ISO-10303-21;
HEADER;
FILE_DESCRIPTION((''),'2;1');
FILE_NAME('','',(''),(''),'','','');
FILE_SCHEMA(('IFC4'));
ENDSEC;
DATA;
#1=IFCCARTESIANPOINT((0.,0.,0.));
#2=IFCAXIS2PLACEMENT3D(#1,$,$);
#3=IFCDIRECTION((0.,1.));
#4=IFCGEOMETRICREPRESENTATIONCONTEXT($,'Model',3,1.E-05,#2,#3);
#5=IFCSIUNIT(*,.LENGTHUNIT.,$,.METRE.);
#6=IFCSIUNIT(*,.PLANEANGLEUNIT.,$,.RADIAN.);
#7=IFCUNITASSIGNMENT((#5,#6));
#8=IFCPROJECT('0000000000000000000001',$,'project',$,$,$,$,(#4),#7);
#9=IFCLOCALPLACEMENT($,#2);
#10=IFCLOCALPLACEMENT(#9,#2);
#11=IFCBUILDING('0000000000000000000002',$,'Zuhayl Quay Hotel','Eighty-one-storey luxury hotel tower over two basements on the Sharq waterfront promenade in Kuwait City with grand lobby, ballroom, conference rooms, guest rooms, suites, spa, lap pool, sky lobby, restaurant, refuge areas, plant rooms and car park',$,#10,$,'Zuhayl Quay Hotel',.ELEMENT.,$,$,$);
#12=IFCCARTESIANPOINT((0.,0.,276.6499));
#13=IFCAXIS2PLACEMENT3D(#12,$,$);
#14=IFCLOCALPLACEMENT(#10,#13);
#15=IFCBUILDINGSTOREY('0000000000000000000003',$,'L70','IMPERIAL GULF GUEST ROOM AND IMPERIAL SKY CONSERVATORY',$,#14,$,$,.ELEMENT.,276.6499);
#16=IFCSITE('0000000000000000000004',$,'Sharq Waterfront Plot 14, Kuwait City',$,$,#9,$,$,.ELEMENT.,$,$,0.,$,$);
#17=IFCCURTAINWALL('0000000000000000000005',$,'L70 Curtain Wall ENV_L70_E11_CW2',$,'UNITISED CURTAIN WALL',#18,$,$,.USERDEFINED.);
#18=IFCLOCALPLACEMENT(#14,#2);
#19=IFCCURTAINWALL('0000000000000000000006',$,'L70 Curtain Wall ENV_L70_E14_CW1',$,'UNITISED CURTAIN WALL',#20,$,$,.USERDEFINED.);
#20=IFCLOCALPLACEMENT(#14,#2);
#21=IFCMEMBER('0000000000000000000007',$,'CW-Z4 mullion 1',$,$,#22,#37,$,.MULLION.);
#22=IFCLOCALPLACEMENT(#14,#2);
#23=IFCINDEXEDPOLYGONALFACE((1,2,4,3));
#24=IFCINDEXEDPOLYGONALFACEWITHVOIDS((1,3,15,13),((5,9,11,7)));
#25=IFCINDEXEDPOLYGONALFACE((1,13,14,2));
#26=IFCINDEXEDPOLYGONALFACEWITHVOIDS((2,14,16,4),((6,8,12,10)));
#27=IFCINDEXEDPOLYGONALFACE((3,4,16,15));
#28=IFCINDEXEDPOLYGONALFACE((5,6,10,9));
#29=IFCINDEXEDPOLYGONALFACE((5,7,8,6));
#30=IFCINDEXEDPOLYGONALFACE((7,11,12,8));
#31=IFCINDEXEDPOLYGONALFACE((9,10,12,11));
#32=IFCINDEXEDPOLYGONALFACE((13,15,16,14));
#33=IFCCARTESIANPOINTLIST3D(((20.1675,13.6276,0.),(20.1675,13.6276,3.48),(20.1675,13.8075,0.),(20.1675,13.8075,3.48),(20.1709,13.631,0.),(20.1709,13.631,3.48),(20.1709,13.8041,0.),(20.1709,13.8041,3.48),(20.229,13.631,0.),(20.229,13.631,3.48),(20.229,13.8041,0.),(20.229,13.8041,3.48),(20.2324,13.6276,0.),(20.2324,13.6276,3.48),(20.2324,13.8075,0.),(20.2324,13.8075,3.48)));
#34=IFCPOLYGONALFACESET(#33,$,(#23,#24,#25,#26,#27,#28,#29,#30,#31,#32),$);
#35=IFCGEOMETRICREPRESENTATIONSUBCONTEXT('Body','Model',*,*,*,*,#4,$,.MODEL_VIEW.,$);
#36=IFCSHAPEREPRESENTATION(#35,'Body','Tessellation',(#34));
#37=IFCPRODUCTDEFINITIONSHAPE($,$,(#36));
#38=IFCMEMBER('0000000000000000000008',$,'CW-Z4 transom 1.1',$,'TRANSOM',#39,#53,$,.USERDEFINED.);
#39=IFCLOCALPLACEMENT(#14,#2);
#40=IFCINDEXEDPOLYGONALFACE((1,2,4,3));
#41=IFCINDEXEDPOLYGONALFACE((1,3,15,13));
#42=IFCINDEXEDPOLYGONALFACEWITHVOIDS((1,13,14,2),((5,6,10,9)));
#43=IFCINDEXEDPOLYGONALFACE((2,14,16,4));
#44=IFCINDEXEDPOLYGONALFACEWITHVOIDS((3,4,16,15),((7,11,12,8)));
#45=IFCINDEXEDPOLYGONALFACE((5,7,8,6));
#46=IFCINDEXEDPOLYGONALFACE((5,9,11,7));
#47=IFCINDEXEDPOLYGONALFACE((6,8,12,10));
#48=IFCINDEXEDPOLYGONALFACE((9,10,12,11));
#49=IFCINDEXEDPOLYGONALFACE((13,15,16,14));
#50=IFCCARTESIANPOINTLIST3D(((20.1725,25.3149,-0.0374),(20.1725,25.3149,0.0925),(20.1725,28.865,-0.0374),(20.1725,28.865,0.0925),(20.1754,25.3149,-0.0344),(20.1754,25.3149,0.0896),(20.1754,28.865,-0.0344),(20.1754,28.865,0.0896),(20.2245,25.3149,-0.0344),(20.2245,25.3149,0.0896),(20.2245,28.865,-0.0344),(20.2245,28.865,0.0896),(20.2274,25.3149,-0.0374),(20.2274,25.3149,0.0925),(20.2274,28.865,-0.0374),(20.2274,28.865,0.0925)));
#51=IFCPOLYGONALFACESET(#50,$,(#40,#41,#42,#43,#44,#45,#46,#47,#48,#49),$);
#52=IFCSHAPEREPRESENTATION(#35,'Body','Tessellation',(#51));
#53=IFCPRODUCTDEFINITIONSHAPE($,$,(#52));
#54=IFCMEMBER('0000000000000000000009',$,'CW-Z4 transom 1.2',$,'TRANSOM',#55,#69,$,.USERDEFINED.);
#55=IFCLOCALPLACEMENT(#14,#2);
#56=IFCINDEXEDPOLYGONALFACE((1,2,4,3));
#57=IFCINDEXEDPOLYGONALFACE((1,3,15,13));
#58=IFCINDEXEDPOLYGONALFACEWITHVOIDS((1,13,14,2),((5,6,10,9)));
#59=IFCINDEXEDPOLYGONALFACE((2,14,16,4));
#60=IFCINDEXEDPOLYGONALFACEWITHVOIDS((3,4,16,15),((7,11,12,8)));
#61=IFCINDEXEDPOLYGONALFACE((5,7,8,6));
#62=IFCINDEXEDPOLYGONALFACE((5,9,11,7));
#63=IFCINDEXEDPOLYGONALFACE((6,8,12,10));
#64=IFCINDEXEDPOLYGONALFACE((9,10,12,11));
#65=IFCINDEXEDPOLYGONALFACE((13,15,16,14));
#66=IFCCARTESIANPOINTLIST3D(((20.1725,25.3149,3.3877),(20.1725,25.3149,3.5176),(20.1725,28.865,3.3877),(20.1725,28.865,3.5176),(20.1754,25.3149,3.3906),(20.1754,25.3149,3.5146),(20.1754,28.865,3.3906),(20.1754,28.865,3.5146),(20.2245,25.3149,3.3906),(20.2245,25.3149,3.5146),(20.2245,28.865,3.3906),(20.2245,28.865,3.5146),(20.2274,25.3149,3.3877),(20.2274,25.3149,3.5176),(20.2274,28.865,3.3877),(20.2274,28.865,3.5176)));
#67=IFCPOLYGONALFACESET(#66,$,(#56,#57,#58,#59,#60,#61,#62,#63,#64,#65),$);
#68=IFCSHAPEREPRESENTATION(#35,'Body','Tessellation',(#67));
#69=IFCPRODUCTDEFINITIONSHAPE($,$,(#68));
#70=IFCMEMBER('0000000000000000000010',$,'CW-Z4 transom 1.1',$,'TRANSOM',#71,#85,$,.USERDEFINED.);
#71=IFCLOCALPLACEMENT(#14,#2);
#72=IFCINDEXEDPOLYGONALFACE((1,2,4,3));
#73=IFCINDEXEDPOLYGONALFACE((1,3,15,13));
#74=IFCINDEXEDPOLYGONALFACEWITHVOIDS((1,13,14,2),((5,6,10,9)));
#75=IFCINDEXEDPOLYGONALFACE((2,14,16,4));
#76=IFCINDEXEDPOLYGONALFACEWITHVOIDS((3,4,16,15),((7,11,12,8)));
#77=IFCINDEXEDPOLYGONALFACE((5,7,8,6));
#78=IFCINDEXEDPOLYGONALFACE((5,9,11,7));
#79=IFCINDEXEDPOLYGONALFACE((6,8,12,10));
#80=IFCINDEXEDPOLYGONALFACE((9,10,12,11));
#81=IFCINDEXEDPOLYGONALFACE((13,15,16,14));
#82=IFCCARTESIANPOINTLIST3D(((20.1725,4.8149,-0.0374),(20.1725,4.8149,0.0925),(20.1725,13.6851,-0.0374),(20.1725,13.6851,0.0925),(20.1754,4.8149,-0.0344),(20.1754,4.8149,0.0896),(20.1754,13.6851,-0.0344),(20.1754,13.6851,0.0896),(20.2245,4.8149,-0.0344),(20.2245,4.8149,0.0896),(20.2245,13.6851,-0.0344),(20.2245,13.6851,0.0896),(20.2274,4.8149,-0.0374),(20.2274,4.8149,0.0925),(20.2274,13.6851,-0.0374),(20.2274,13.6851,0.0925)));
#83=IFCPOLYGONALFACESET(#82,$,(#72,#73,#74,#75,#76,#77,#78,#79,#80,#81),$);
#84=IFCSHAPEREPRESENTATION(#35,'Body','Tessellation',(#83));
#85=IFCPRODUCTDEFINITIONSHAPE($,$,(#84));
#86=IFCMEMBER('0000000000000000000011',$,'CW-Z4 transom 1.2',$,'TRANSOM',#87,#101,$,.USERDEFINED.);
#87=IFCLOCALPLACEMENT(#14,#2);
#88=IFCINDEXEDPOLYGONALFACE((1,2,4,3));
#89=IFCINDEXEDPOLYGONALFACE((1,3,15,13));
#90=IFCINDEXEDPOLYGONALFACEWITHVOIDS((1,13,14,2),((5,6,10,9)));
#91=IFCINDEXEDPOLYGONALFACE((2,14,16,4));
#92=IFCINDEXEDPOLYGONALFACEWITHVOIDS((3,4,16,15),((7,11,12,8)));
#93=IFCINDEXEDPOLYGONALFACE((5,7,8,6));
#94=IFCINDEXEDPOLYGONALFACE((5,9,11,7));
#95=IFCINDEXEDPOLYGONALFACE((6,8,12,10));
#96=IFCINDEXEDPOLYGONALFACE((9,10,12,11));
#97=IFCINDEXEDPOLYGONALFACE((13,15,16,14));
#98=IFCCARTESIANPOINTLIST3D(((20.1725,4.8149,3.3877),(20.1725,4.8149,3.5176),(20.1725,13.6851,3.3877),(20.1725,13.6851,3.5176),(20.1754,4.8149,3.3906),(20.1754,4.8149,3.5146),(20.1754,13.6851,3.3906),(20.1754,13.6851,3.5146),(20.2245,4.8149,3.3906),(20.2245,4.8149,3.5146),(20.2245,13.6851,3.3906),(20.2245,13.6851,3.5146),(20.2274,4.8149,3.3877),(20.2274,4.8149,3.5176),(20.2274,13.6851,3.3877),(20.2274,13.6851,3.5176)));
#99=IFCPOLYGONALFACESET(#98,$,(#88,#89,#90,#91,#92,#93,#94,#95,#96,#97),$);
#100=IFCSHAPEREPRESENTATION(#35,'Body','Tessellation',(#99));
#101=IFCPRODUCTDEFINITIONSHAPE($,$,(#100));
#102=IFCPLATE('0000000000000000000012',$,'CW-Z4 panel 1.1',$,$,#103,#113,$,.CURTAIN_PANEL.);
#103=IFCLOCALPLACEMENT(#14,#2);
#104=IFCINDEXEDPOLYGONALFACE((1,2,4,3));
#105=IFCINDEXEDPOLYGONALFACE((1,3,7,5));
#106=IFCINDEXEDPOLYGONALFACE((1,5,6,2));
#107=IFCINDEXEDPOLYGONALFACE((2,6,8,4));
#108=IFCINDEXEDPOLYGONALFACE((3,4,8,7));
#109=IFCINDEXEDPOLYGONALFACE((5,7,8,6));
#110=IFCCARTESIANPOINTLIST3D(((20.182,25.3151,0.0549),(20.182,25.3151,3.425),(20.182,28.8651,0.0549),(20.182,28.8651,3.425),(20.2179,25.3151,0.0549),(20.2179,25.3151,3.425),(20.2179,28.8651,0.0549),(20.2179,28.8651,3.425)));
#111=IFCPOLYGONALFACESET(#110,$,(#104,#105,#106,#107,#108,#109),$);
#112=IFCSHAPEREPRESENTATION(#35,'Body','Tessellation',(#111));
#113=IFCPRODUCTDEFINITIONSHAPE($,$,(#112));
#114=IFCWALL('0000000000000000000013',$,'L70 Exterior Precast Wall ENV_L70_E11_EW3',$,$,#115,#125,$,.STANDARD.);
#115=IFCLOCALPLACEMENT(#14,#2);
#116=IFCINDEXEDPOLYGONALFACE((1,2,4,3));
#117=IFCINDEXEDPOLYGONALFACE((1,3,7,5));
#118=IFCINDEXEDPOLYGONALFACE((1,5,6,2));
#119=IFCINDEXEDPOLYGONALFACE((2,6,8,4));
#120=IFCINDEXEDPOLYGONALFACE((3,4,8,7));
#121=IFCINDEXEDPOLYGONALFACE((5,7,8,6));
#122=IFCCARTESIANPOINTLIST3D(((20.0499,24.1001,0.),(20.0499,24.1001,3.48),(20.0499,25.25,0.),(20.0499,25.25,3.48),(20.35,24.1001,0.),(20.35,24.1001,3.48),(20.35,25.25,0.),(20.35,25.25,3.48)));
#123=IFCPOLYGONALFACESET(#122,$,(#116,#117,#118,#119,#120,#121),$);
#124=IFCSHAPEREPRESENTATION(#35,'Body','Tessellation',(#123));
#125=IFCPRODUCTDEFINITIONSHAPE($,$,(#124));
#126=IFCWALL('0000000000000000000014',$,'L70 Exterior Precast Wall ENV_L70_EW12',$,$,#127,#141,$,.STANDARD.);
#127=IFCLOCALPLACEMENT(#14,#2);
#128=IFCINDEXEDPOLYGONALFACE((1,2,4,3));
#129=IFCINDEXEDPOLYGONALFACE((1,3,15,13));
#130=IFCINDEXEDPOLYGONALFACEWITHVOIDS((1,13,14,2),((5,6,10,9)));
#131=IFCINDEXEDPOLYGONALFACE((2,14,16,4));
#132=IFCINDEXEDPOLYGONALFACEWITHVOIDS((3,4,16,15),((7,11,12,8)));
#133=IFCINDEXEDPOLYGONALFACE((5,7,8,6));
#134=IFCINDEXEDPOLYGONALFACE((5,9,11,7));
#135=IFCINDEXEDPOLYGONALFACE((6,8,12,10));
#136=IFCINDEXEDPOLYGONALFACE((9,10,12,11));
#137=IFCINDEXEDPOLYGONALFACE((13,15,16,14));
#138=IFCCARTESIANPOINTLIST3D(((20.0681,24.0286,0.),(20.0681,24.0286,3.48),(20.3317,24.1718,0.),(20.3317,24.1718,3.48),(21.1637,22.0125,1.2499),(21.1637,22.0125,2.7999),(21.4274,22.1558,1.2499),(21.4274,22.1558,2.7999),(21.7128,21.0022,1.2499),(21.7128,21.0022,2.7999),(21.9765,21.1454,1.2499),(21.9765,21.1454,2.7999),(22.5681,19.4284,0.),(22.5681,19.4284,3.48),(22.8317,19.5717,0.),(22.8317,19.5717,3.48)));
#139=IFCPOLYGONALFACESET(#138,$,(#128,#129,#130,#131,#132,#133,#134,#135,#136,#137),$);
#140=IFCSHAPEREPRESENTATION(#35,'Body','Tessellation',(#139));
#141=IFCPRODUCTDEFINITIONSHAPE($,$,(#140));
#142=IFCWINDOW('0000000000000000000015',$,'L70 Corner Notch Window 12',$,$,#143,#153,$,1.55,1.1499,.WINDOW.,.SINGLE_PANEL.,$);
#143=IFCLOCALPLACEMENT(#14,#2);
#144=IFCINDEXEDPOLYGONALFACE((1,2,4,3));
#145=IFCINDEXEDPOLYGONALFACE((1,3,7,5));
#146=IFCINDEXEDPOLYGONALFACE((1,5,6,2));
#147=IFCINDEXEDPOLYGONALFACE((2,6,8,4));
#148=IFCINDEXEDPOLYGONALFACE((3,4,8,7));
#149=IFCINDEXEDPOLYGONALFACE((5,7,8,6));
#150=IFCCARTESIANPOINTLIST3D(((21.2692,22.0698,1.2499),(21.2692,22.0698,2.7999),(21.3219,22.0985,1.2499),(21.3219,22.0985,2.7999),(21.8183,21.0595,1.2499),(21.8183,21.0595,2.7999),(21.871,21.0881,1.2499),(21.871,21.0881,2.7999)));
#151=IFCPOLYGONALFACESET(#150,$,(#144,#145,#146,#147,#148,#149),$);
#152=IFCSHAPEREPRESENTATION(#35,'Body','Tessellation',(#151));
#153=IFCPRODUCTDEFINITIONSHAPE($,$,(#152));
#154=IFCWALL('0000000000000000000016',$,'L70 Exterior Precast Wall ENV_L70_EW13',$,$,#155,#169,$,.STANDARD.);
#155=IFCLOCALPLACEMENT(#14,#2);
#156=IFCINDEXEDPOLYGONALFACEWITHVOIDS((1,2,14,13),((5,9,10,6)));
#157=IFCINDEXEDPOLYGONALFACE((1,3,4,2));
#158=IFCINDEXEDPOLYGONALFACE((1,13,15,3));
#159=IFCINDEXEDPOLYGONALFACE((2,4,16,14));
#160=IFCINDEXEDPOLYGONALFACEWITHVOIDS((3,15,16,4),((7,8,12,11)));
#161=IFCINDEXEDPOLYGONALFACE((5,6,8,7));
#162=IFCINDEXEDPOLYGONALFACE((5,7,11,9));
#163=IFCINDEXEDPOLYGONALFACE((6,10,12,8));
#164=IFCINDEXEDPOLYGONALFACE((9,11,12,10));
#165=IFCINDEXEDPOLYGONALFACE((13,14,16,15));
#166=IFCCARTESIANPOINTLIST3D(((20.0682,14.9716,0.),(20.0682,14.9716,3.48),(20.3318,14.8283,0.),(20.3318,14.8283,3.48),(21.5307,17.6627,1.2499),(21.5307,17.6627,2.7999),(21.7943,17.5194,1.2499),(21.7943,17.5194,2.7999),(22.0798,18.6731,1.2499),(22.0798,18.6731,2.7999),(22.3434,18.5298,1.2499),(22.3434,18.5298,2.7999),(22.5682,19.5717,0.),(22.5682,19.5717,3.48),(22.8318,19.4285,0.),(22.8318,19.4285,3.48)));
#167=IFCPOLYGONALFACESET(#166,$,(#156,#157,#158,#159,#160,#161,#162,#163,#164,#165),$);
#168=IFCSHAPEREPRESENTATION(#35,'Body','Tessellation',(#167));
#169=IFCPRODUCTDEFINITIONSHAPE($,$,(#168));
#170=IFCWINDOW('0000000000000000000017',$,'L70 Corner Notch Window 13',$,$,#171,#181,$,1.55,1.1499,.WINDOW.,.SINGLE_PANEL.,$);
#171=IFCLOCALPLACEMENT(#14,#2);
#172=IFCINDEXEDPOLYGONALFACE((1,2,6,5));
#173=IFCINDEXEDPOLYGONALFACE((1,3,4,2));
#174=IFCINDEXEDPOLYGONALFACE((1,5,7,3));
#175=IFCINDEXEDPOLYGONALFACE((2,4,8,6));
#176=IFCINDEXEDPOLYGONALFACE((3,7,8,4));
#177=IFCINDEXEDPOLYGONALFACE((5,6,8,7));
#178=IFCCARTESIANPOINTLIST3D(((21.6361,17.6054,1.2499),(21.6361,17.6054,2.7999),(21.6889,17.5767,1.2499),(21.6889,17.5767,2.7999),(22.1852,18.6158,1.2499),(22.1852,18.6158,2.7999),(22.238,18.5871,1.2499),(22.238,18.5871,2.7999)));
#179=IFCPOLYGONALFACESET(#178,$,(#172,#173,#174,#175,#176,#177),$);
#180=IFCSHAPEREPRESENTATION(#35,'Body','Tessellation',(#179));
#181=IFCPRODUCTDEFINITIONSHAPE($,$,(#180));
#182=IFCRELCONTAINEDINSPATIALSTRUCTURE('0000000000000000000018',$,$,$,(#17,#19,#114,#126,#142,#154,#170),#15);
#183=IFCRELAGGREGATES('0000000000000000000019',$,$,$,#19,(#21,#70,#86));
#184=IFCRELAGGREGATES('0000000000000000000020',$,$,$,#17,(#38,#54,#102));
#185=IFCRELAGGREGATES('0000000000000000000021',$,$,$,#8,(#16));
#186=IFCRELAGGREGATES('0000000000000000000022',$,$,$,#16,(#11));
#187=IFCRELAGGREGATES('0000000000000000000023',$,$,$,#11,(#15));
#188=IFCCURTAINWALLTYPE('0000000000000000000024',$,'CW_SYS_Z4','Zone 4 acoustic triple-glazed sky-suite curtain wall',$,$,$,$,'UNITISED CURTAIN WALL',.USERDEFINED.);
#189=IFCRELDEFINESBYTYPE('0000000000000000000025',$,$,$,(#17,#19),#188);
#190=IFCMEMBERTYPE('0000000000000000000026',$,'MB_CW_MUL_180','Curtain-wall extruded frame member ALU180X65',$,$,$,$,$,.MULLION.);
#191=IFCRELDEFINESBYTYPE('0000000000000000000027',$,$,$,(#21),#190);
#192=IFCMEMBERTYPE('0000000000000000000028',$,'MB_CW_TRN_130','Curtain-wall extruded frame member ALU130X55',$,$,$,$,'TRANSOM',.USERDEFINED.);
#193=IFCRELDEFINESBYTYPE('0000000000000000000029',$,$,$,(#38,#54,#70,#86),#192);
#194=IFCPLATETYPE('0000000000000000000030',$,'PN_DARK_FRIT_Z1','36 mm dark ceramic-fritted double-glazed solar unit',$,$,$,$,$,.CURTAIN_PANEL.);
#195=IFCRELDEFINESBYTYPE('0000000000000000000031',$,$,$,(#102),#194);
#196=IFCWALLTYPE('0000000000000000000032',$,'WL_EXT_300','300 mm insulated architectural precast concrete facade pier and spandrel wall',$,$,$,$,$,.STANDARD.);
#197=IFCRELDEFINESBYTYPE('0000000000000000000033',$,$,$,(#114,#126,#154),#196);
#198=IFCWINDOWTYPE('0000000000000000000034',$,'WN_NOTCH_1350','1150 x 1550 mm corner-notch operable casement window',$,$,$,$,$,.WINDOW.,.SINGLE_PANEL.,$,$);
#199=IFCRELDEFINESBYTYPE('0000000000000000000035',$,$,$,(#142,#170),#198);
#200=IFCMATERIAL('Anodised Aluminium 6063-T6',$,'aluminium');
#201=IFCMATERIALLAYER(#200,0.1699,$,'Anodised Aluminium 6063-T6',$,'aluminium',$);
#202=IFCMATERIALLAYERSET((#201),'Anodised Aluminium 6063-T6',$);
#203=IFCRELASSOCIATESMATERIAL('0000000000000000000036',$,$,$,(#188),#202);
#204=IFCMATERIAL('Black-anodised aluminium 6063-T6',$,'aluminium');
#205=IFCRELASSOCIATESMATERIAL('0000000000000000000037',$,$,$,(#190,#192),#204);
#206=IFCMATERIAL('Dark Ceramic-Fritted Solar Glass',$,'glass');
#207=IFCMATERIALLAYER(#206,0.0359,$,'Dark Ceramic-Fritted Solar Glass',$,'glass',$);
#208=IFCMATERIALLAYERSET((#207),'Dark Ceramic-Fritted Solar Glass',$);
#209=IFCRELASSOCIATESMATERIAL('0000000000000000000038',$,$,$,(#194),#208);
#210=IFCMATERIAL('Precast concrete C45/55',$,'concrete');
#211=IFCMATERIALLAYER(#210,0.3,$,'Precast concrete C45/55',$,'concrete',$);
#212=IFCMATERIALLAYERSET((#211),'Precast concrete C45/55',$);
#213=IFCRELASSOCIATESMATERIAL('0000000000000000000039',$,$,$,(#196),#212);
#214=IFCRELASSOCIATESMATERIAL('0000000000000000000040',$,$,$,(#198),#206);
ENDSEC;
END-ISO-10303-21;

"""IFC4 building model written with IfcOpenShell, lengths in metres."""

from ifc_helpers import new_model, si_unit, direction, frame, frame_2d, origin, origin_2d, place, context, subcontext, project, spatial, rectangle, hollow_rectangle, extrude, material, layer, layer_set, material_profile, profile_set, type_object, element, fill, aggregate, save


model = new_model("IFC4")

# Units and contexts
model_context = context("Model", 3, precision=1e-05, world=origin(), true_north=direction((0.0, 1.0)))
body_context = subcontext(model_context, "Body", "Model", "MODEL_VIEW")
ifc_project = project(units=[si_unit("LENGTHUNIT", "METRE"), si_unit("PLANEANGLEUNIT", "RADIAN")], contexts=[model_context])

# Site, building, storey
site_placement = place(None, origin())
site = spatial("IfcSite", under=ifc_project, at=site_placement, Name="Sharq Waterfront Plot 14, Kuwait City", CompositionType="ELEMENT", RefElevation=0.0)
building_placement = place(site_placement, origin())
building = spatial("IfcBuilding", under=site, at=building_placement, Name="Zuhayl Quay Hotel", Description="Eighty-one-storey luxury hotel tower over two basements on the Sharq waterfront promenade in Kuwait City with grand lobby, ballroom, conference rooms, guest rooms, suites, spa, lap pool, sky lobby, restaurant, refuge areas, plant rooms and car park", LongName="Zuhayl Quay Hotel", CompositionType="ELEMENT")
storey_placement = place(building_placement, frame((0.0, 0.0, 276.6499)))
storey = spatial("IfcBuildingStorey", under=building, at=storey_placement, Name="L70", Description="IMPERIAL GULF GUEST ROOM AND IMPERIAL SKY CONSERVATORY", CompositionType="ELEMENT", Elevation=276.6499)

# Curtain wall
ifc_material_1 = material(Name="Anodised Aluminium 6063-T6", Category="aluminium")
ifc_layer_1 = layer(ifc_material_1, 0.1699, Name="Anodised Aluminium 6063-T6", Category="aluminium")
ifc_layer_set_1 = layer_set([ifc_layer_1], Name="Anodised Aluminium 6063-T6")
curtain_wall_type = type_object("IfcCurtainWallType", Name="CW_SYS_Z4", Description="Zone 4 acoustic triple-glazed sky-suite curtain wall", ElementType="UNITISED CURTAIN WALL", PredefinedType="USERDEFINED", material=ifc_layer_set_1)
curtain_wall_1_placement = place(storey_placement, origin())
curtain_wall_1 = element("IfcCurtainWall", 1, at=curtain_wall_1_placement, inside=storey, type_object=curtain_wall_type, Name="L70 Curtain Wall ENV_L70_E11_CW2", ObjectType="UNITISED CURTAIN WALL", PredefinedType="USERDEFINED")
ifc_material_2 = material(Name="Black-anodised aluminium 6063-T6", Category="aluminium")
ifc_material_profile_1 = material_profile(ifc_material_2, hollow_rectangle(XDim=0.0649, YDim=0.1799, WallThickness=0.0034, at=origin_2d()), Name="ALU180X65")
ifc_profile_set_1 = profile_set([ifc_material_profile_1], Name="Black-anodised aluminium 6063-T6")
member_type_1 = type_object("IfcMemberType", Name="MB_CW_MUL_180", Description="Curtain-wall extruded frame member ALU180X65", PredefinedType="MULLION", material=ifc_profile_set_1)

# Curtain wall, member
curtain_wall_2_placement = place(storey_placement, origin())
curtain_wall_2 = element("IfcCurtainWall", 2, at=curtain_wall_2_placement, inside=storey, type_object=curtain_wall_type, Name="L70 Curtain Wall ENV_L70_E14_CW1", ObjectType="UNITISED CURTAIN WALL", PredefinedType="USERDEFINED")
member_1_placement = place(storey_placement, frame((20.2, 13.7175, 0.0), z_axis=(0.0, 0.0, 1.0), x_axis=(1.0, 0.0, 0.0)))
member_1 = element("IfcMember", 3, at=member_1_placement, type_object=member_type_1, Name="CW-Z4 mullion 1", PredefinedType="MULLION", context=body_context, shape_type="SweptSolid", body=[
    extrude(hollow_rectangle(XDim=0.0649, YDim=0.1799, WallThickness=0.0034, at=origin_2d()), origin(), (0.0, 0.0, 1.0), 3.48),
])

# Members
ifc_material_profile_2 = material_profile(ifc_material_2, hollow_rectangle(XDim=0.0549, YDim=0.1299, WallThickness=0.0029, at=origin_2d()), Name="ALU130X55")
ifc_profile_set_2 = profile_set([ifc_material_profile_2], Name="Black-anodised aluminium 6063-T6")
member_type_2 = type_object("IfcMemberType", Name="MB_CW_TRN_130", Description="Curtain-wall extruded frame member ALU130X55", ElementType="TRANSOM", PredefinedType="USERDEFINED", material=ifc_profile_set_2)
member_2_placement = place(storey_placement, frame((20.2, 28.865, 0.0276), z_axis=(0.0, -1.0, 0.0), x_axis=(1.0, 0.0, 0.0)))
member_2 = element("IfcMember", 4, at=member_2_placement, type_object=member_type_2, Name="CW-Z4 transom 1.1", ObjectType="TRANSOM", PredefinedType="USERDEFINED", context=body_context, shape_type="SweptSolid", body=[
    extrude(hollow_rectangle(XDim=0.0549, YDim=0.1299, WallThickness=0.0029, at=origin_2d()), origin(), (0.0, 0.0, 1.0), 3.55),
])
member_3_placement = place(storey_placement, frame((20.2, 28.865, 3.4526), z_axis=(0.0, -1.0, 0.0), x_axis=(1.0, 0.0, 0.0)))
member_3 = element("IfcMember", 5, at=member_3_placement, type_object=member_type_2, Name="CW-Z4 transom 1.2", ObjectType="TRANSOM", PredefinedType="USERDEFINED", context=body_context, shape_type="SweptSolid", body=[
    extrude(hollow_rectangle(XDim=0.0549, YDim=0.1299, WallThickness=0.0029, at=origin_2d()), origin(), (0.0, 0.0, 1.0), 3.55),
])
member_4_placement = place(storey_placement, frame((20.2, 13.6851, 0.0276), z_axis=(0.0, -1.0, 0.0), x_axis=(1.0, 0.0, 0.0)))
member_4 = element("IfcMember", 6, at=member_4_placement, type_object=member_type_2, Name="CW-Z4 transom 1.1", ObjectType="TRANSOM", PredefinedType="USERDEFINED", context=body_context, shape_type="SweptSolid", body=[
    extrude(hollow_rectangle(XDim=0.0549, YDim=0.1299, WallThickness=0.0029, at=origin_2d()), origin(), (0.0, 0.0, 1.0), 8.8701),
])
member_5_placement = place(storey_placement, frame((20.2, 13.6851, 3.4526), z_axis=(0.0, -1.0, 0.0), x_axis=(1.0, 0.0, 0.0)))
member_5 = element("IfcMember", 7, at=member_5_placement, type_object=member_type_2, Name="CW-Z4 transom 1.2", ObjectType="TRANSOM", PredefinedType="USERDEFINED", context=body_context, shape_type="SweptSolid", body=[
    extrude(hollow_rectangle(XDim=0.0549, YDim=0.1299, WallThickness=0.0029, at=origin_2d()), origin(), (0.0, 0.0, 1.0), 8.8701),
])
aggregate(curtain_wall_2, [member_1, member_4, member_5])

# Plate
ifc_material_3 = material(Name="Dark Ceramic-Fritted Solar Glass", Category="glass")
ifc_layer_2 = layer(ifc_material_3, 0.0359, Name="Dark Ceramic-Fritted Solar Glass", Category="glass")
ifc_layer_set_2 = layer_set([ifc_layer_2], Name="Dark Ceramic-Fritted Solar Glass")
plate_type = type_object("IfcPlateType", Name="PN_DARK_FRIT_Z1", Description="36 mm dark ceramic-fritted double-glazed solar unit", PredefinedType="CURTAIN_PANEL", material=ifc_layer_set_2)
plate_placement = place(storey_placement, frame((20.2, 27.0901, 0.0549), z_axis=(0.0, 0.0, 1.0), x_axis=(0.0, -1.0, 0.0)))
plate = element("IfcPlate", 8, at=plate_placement, type_object=plate_type, Name="CW-Z4 panel 1.1", PredefinedType="CURTAIN_PANEL", context=body_context, shape_type="SweptSolid", body=[
    extrude(rectangle(XDim=3.55, YDim=0.0359, at=origin_2d()), origin(), (0.0, 0.0, 1.0), 3.3701),
])
aggregate(curtain_wall_1, [member_2, member_3, plate])

# Wall
ifc_material_4 = material(Name="Precast concrete C45/55", Category="concrete")
ifc_layer_3 = layer(ifc_material_4, 0.3, Name="Precast concrete C45/55", Category="concrete")
ifc_layer_set_3 = layer_set([ifc_layer_3], Name="Precast concrete C45/55")
wall_type = type_object("IfcWallType", Name="WL_EXT_300", Description="300 mm insulated architectural precast concrete facade pier and spandrel wall", PredefinedType="STANDARD", material=ifc_layer_set_3)
wall_1_placement = place(storey_placement, frame((20.2, 25.25, 0.0), z_axis=(0.0, 0.0, 1.0), x_axis=(0.0, -1.0, 0.0)))
element("IfcWall", 9, at=wall_1_placement, inside=storey, type_object=wall_type, Name="L70 Exterior Precast Wall ENV_L70_E11_EW3", PredefinedType="STANDARD", context=body_context, shape_type="SweptSolid", body=[
    extrude(rectangle(XDim=1.1499, YDim=0.3, at=frame_2d((0.575, 0.0))), origin(), (0.0, 0.0, 1.0), 3.48),
])

# Walls, openings, windows
wall_2_placement = place(storey_placement, frame((20.2, 24.1001, 0.0), z_axis=(0.0, 0.0, 1.0), x_axis=(0.477505, -0.878629, 0.0)))
wall_2 = element("IfcWall", 10, at=wall_2_placement, inside=storey, type_object=wall_type, Name="L70 Exterior Precast Wall ENV_L70_EW12", PredefinedType="STANDARD", context=body_context, shape_type="SweptSolid", body=[
    extrude(rectangle(XDim=5.2356, YDim=0.3, at=frame_2d((2.6177, 0.0))), origin(), (0.0, 0.0, 1.0), 3.48),
])
opening_1_placement = place(wall_2_placement, frame((2.2944, 0.0, 1.25)))
opening_1 = element("IfcOpeningElement", 11, at=opening_1_placement, cuts=wall_2, PredefinedType="OPENING", context=body_context, shape_type="SweptSolid", body=[
    extrude(rectangle(XDim=1.1499, YDim=1.55, at=frame_2d((0.575, 0.7749))), frame((0.0, 0.1599, 0.0), z_axis=(0.0, -1.0, 0.0), x_axis=(1.0, 0.0, 0.0)), (0.0, 0.0, 1.0), 0.3201),
])
window_type = type_object("IfcWindowType", Name="WN_NOTCH_1350", Description="1150 x 1550 mm corner-notch operable casement window", PartitioningType="SINGLE_PANEL", PredefinedType="WINDOW", material=ifc_material_3)
window_1_placement = place(opening_1_placement, origin())
window_1 = element("IfcWindow", 12, at=window_1_placement, inside=storey, type_object=window_type, Name="L70 Corner Notch Window 12", OverallHeight=1.55, OverallWidth=1.1499, PartitioningType="SINGLE_PANEL", PredefinedType="WINDOW", context=body_context, shape_type="SweptSolid", body=[
    extrude(rectangle(XDim=1.1499, YDim=1.55, at=frame_2d((0.575, 0.7749))), frame((0.0, 0.03, 0.0), z_axis=(0.0, -1.0, 0.0), x_axis=(1.0, 0.0, 0.0)), (0.0, 0.0, 1.0), 0.0601),
])
fill(opening_1, window_1)
wall_3_placement = place(storey_placement, frame((22.7, 19.5, 0.0), z_axis=(0.0, 0.0, 1.0), x_axis=(-0.477505, -0.878629, 0.0)))
wall_3 = element("IfcWall", 13, at=wall_3_placement, inside=storey, type_object=wall_type, Name="L70 Exterior Precast Wall ENV_L70_EW13", PredefinedType="STANDARD", context=body_context, shape_type="SweptSolid", body=[
    extrude(rectangle(XDim=5.2356, YDim=0.3, at=frame_2d((2.6177, 0.0))), origin(), (0.0, 0.0, 1.0), 3.48),
])
opening_2_placement = place(wall_3_placement, frame((1.0227, 0.0, 1.25)))
opening_2 = element("IfcOpeningElement", 14, at=opening_2_placement, cuts=wall_3, PredefinedType="OPENING", context=body_context, shape_type="SweptSolid", body=[
    extrude(rectangle(XDim=1.1499, YDim=1.55, at=frame_2d((0.575, 0.7749))), frame((0.0, 0.1599, 0.0), z_axis=(0.0, -1.0, 0.0), x_axis=(1.0, 0.0, 0.0)), (0.0, 0.0, 1.0), 0.3201),
])
window_2_placement = place(opening_2_placement, origin())
window_2 = element("IfcWindow", 15, at=window_2_placement, inside=storey, type_object=window_type, Name="L70 Corner Notch Window 13", OverallHeight=1.55, OverallWidth=1.1499, PartitioningType="SINGLE_PANEL", PredefinedType="WINDOW", context=body_context, shape_type="SweptSolid", body=[
    extrude(rectangle(XDim=1.1499, YDim=1.55, at=frame_2d((0.575, 0.7749))), frame((0.0, 0.03, 0.0), z_axis=(0.0, -1.0, 0.0), x_axis=(1.0, 0.0, 0.0)), (0.0, 0.0, 1.0), 0.0601),
])
fill(opening_2, window_2)

save(model, "model.ifc")
